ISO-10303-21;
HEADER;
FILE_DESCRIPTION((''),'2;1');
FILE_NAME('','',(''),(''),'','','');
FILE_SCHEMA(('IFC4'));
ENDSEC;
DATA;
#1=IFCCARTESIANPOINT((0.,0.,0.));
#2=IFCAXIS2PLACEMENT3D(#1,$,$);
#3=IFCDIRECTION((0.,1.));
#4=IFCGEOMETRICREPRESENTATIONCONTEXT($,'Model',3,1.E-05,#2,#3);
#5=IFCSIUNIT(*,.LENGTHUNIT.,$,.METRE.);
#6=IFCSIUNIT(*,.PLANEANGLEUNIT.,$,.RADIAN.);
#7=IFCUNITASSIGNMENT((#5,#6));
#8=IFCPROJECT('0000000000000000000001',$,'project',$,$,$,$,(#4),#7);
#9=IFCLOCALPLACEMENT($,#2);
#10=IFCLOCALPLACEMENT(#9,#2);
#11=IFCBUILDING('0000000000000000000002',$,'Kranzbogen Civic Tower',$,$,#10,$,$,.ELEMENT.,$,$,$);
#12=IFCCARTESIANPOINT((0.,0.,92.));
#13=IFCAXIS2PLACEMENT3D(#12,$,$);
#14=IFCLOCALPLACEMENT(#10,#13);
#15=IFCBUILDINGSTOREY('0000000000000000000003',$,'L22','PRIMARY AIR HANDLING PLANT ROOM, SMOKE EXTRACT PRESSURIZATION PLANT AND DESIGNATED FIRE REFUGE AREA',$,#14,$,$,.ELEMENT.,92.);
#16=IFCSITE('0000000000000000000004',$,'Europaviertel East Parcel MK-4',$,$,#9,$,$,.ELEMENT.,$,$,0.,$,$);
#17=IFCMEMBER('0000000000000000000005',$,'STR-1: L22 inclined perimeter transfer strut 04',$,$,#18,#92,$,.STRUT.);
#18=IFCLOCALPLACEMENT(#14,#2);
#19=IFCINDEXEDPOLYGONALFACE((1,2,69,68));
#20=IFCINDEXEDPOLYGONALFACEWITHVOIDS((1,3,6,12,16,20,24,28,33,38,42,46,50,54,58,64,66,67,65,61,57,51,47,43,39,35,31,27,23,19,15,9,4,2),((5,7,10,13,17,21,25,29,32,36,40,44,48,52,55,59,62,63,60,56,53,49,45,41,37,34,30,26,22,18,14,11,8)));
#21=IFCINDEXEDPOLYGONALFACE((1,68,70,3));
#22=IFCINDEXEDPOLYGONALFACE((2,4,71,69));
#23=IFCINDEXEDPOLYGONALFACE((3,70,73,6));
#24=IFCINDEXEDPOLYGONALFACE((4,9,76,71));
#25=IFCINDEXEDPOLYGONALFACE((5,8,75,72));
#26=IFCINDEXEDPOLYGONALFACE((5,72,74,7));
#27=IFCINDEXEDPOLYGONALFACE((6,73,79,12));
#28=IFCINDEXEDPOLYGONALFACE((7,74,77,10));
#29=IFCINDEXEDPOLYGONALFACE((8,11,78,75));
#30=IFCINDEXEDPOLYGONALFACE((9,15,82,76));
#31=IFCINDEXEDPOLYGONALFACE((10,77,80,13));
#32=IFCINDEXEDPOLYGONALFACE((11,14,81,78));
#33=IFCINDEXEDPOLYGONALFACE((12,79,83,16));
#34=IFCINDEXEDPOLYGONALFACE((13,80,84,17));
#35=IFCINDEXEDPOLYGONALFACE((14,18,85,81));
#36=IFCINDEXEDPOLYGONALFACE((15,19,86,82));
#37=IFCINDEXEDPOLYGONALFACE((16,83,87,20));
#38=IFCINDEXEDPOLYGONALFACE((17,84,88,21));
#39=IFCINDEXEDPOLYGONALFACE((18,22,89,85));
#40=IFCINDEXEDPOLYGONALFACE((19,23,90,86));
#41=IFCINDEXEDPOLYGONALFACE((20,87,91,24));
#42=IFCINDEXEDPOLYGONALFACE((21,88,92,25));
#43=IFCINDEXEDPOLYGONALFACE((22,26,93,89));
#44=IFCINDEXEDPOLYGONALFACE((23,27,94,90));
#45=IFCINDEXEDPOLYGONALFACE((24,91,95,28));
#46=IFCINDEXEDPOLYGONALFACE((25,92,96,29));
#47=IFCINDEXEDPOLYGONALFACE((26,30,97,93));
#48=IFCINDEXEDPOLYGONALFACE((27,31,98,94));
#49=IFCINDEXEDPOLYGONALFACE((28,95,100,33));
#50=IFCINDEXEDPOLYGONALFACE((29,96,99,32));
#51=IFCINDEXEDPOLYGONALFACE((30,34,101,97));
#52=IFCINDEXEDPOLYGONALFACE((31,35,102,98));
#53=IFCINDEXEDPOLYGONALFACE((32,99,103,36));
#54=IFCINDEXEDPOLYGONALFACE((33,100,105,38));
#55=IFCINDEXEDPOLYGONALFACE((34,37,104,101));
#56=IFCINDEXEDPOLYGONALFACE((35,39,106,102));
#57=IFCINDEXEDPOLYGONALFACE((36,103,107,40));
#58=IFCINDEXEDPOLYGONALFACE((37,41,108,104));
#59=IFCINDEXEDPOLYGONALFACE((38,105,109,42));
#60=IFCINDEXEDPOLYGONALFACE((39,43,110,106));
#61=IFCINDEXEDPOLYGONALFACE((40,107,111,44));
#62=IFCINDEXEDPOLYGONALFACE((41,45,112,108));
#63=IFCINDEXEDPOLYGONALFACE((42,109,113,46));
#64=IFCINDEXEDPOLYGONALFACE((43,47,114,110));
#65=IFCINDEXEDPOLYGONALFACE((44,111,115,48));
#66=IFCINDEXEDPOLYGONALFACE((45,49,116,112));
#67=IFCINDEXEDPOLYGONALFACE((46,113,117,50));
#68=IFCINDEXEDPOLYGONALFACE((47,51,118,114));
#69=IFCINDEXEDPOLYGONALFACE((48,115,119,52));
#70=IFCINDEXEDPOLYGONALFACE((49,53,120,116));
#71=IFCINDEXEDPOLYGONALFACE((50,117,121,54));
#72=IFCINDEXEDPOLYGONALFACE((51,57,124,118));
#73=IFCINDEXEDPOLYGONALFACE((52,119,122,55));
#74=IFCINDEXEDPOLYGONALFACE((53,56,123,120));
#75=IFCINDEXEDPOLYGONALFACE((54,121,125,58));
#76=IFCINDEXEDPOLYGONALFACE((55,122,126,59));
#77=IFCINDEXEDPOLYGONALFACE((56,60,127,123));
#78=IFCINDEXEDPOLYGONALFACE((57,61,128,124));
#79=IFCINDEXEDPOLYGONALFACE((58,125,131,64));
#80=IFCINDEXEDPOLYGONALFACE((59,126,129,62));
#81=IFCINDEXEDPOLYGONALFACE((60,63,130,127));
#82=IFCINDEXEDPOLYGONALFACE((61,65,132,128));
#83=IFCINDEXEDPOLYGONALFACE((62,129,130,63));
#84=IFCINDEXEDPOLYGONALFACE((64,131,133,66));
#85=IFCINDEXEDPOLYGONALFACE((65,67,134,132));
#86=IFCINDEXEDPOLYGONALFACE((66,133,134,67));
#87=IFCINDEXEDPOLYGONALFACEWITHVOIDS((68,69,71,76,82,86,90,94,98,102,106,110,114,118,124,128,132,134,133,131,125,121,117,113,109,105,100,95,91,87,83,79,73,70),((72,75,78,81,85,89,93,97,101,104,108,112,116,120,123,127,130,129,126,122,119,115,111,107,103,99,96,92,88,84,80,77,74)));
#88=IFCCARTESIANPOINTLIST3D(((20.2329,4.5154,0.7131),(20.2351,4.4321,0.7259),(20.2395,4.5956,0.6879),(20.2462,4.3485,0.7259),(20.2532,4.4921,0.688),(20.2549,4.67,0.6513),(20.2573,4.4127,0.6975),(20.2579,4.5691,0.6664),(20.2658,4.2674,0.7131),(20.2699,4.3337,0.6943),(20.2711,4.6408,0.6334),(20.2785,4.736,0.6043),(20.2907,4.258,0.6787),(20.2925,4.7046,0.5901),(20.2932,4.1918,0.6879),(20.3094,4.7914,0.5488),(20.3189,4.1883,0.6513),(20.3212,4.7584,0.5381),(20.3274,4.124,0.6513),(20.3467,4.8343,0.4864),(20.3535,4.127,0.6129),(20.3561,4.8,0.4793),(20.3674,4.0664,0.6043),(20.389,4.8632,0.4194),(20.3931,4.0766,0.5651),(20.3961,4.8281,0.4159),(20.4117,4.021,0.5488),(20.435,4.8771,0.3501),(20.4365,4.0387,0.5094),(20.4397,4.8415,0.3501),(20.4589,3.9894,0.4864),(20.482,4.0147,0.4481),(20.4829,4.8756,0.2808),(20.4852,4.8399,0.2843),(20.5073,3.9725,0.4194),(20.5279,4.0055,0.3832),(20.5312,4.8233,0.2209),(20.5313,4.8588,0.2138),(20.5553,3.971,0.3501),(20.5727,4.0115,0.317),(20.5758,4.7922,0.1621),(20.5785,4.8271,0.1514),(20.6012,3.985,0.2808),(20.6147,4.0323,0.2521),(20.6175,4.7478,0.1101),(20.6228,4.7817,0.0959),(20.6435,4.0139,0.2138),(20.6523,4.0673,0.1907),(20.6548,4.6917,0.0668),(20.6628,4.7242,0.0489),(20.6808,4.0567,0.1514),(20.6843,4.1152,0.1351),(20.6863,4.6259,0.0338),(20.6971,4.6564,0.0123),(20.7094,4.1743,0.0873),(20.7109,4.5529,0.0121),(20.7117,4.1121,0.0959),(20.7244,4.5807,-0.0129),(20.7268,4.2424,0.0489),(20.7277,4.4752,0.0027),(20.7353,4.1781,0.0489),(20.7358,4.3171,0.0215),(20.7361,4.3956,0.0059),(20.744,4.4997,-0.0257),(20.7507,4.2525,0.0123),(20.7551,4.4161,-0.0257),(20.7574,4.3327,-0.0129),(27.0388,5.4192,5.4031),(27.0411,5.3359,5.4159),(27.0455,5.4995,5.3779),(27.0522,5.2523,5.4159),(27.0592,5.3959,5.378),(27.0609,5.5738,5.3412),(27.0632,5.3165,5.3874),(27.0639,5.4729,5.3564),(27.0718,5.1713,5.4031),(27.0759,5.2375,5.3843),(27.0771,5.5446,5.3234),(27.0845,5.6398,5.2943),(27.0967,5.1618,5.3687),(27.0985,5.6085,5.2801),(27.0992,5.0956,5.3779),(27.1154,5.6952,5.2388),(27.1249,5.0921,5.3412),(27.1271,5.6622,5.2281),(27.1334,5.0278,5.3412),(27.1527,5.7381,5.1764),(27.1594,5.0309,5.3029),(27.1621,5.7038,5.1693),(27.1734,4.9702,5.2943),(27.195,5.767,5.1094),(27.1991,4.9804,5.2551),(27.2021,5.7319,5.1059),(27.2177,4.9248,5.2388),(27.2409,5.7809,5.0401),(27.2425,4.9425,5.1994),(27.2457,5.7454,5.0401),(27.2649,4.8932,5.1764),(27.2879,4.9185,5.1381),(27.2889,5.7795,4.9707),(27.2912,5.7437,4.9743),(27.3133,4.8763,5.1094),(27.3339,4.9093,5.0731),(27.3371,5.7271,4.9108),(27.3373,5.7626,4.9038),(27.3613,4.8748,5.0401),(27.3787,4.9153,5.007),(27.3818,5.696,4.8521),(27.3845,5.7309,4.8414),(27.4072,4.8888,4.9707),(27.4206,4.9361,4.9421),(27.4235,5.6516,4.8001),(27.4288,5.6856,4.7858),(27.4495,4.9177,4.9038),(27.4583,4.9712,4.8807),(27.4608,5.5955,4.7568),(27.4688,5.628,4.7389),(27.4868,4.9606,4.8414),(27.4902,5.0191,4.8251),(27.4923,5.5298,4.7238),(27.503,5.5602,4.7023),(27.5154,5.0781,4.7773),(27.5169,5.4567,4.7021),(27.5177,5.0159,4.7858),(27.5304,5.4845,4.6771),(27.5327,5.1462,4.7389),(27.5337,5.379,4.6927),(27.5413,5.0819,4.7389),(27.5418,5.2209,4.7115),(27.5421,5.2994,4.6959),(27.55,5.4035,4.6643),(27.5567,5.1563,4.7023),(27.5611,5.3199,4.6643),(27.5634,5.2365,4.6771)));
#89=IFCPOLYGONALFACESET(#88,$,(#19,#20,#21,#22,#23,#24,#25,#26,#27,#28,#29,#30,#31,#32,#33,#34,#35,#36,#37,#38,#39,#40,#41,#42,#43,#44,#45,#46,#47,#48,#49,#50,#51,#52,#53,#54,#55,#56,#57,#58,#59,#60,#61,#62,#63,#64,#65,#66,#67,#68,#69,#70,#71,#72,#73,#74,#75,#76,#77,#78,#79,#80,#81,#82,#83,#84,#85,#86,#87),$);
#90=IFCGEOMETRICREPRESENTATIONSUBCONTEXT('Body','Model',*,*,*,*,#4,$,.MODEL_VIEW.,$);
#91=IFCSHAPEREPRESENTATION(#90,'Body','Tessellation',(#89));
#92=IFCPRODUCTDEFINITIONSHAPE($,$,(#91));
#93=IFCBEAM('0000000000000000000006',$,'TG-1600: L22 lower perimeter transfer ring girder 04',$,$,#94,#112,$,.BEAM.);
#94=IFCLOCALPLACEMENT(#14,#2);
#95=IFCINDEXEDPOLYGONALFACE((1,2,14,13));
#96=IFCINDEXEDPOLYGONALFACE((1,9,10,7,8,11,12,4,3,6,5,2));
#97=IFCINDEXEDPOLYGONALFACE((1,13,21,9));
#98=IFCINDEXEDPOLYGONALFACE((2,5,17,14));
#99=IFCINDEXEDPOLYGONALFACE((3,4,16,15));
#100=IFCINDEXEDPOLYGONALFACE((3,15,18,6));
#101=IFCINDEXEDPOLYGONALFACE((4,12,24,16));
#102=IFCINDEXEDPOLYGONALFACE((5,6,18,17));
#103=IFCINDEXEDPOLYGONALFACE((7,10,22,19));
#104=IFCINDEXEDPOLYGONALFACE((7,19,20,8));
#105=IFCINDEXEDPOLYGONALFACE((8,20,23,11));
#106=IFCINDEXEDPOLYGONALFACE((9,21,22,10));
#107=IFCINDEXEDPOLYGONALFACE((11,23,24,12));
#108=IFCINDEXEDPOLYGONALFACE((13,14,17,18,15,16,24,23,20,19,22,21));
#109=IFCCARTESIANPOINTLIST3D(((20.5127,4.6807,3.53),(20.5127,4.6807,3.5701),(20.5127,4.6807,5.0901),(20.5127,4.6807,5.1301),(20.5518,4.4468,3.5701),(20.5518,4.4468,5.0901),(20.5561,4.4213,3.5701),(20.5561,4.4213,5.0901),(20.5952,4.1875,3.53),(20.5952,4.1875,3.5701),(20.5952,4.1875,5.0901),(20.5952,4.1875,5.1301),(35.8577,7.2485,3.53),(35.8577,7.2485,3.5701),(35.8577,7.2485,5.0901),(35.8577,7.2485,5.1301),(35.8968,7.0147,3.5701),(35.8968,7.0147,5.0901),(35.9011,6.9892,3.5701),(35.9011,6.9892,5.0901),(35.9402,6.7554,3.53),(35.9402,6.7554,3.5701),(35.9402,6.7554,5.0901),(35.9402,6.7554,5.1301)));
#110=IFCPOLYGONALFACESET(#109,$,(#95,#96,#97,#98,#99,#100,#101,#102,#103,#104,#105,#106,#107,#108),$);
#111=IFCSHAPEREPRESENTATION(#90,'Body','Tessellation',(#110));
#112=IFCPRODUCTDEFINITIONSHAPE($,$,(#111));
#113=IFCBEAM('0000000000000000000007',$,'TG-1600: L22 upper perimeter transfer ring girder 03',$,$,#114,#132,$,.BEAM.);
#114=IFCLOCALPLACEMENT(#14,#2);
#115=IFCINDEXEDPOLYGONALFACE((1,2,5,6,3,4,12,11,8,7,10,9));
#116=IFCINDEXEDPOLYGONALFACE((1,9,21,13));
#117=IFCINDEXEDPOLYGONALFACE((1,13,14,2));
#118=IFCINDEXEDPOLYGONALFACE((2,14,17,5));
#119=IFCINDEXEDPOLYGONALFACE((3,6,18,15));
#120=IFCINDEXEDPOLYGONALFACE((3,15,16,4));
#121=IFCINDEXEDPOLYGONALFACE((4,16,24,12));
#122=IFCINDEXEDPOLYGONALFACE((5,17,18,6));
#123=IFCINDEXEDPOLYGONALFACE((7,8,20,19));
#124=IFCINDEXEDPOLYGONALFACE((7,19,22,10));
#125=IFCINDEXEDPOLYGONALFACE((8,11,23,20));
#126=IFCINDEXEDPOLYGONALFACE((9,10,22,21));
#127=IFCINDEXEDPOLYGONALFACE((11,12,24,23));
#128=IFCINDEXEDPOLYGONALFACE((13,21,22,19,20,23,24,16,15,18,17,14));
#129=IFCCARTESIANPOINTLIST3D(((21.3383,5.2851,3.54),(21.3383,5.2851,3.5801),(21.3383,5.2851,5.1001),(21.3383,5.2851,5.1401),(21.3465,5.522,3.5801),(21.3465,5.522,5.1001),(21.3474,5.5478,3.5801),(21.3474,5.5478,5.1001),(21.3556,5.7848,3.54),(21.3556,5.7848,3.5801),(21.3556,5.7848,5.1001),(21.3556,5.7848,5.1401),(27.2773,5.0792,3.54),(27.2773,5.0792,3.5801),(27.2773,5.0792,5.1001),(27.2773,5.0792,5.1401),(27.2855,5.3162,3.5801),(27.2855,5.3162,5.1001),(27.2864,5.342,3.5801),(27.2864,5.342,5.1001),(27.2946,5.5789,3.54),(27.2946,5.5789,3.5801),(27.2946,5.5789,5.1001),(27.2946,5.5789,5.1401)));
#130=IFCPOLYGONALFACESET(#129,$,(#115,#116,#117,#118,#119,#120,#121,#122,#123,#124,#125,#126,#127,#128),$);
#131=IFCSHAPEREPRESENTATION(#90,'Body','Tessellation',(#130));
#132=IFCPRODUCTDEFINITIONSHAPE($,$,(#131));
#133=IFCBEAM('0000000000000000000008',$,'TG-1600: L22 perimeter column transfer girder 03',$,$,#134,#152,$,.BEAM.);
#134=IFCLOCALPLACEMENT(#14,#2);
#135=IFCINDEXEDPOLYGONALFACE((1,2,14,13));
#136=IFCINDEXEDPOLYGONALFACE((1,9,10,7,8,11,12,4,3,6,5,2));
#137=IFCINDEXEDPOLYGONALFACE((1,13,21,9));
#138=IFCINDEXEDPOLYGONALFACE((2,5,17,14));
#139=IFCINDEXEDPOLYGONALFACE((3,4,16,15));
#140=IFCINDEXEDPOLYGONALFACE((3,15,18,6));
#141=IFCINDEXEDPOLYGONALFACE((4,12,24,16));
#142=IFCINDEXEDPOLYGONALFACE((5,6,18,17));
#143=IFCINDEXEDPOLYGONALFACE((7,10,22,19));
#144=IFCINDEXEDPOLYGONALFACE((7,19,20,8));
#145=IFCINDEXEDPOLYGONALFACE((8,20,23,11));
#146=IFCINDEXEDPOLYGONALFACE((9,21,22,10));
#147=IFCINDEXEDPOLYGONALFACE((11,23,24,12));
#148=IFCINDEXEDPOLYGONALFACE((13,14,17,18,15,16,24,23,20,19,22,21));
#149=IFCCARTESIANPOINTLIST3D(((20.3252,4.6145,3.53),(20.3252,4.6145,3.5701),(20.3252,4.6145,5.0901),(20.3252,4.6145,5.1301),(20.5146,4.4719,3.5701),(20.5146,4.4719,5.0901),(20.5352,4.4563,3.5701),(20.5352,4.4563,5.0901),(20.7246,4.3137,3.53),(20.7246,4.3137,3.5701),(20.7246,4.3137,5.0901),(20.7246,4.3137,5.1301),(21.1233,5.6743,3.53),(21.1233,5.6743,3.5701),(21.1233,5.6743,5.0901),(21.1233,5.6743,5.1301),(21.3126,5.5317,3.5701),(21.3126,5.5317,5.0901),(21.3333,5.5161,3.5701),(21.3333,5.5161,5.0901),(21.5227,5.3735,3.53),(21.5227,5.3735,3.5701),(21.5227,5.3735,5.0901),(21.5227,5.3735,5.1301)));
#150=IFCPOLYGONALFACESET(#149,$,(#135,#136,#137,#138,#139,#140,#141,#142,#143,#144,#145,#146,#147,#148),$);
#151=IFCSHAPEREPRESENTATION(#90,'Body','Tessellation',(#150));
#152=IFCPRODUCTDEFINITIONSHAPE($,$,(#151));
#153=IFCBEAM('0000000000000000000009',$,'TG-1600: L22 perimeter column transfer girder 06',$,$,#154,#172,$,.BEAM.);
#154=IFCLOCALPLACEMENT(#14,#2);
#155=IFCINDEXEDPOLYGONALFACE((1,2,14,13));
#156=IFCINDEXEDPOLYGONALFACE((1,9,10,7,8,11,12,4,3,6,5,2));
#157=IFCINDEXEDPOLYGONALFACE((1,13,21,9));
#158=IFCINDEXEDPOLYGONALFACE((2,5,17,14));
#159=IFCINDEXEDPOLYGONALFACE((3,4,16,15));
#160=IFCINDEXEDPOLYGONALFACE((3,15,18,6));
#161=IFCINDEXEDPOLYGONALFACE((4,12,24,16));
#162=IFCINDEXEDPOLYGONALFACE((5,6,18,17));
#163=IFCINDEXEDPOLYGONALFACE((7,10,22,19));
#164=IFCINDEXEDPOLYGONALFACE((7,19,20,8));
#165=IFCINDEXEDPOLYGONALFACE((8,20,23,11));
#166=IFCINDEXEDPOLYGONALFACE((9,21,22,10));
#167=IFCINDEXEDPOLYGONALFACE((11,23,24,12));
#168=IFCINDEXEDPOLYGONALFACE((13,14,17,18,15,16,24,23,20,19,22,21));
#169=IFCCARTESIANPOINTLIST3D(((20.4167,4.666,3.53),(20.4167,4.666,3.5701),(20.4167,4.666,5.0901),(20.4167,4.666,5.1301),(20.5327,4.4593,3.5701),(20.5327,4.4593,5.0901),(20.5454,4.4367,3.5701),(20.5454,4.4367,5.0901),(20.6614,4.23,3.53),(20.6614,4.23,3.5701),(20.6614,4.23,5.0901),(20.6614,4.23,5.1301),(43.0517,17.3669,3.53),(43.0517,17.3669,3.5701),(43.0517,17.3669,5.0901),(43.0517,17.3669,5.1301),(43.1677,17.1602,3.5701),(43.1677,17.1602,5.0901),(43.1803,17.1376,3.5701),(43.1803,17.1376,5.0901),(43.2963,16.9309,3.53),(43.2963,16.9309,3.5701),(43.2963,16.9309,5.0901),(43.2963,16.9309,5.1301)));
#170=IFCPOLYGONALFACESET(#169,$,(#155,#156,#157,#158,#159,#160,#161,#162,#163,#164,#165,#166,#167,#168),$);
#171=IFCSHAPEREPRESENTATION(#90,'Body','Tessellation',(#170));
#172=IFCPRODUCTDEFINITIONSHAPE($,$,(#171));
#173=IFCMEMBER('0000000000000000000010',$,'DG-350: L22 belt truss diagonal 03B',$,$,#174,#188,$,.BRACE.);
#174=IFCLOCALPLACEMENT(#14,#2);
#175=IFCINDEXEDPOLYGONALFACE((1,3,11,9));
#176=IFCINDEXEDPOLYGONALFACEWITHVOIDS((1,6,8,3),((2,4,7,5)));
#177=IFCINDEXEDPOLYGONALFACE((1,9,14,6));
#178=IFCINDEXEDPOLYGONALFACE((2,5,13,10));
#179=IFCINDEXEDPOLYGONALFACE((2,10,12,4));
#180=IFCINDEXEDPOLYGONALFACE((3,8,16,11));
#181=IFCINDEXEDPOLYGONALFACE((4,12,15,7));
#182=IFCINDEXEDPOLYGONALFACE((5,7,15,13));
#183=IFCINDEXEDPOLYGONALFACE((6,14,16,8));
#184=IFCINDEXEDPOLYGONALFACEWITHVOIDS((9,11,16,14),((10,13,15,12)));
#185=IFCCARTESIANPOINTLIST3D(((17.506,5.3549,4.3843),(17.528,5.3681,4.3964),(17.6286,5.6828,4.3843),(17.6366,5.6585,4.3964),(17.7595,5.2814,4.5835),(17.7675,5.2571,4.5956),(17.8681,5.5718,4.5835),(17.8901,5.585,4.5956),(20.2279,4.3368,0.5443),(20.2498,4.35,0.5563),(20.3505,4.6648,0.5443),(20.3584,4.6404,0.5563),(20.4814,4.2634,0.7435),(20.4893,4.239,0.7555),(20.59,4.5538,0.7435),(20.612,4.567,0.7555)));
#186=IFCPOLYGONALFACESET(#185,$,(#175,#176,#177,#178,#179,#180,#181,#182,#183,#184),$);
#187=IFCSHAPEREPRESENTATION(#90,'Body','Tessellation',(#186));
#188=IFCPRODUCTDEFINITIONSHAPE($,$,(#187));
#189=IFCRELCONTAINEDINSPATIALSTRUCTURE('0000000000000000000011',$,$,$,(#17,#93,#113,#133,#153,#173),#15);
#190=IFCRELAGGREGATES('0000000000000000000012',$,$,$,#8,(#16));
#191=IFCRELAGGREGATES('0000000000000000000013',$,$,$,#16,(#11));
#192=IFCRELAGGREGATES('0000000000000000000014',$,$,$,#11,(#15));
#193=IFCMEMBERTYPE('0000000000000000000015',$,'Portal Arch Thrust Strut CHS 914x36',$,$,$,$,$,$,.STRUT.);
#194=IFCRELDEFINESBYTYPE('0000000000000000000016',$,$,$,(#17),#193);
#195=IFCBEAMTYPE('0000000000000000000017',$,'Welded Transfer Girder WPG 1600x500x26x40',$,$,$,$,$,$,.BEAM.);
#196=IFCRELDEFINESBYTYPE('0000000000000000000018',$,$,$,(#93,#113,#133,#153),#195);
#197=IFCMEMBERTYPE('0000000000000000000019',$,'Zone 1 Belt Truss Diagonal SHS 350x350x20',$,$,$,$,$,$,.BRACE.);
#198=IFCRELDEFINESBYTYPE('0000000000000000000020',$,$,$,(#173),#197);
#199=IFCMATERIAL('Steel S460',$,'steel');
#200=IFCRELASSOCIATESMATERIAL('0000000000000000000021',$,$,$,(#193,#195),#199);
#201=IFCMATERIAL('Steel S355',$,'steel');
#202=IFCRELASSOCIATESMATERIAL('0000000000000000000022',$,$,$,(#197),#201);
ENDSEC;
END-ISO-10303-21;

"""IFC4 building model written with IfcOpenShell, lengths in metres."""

from ifc_helpers import new_model, si_unit, direction, frame, origin, origin_2d, place, context, subcontext, project, spatial, hollow_rectangle, hollow_circle, i_section, extrude, material, material_profile, profile_set, type_object, element, save


model = new_model("IFC4")

# Units and contexts
model_context = context("Model", 3, precision=1e-05, world=origin(), true_north=direction((0.0, 1.0)))
body_context = subcontext(model_context, "Body", "Model", "MODEL_VIEW")
ifc_project = project(units=[si_unit("LENGTHUNIT", "METRE"), si_unit("PLANEANGLEUNIT", "RADIAN")], contexts=[model_context])

# Site, building, storey
site_placement = place(None, origin())
site = spatial("IfcSite", under=ifc_project, at=site_placement, Name="Europaviertel East Parcel MK-4", CompositionType="ELEMENT", RefElevation=0.0)
building_placement = place(site_placement, origin())
building = spatial("IfcBuilding", under=site, at=building_placement, Name="Kranzbogen Civic Tower", CompositionType="ELEMENT")
storey_placement = place(building_placement, frame((0.0, 0.0, 92.0)))
storey = spatial("IfcBuildingStorey", under=building, at=storey_placement, Name="L22", Description="PRIMARY AIR HANDLING PLANT ROOM, SMOKE EXTRACT PRESSURIZATION PLANT AND DESIGNATED FIRE REFUGE AREA", CompositionType="ELEMENT", Elevation=92.0)

# Shared definitions
ifc_material_1 = material(Name="Steel S355", Category="steel")

# Member
ifc_material_2 = material(Name="Steel S460", Category="steel")
ifc_material_profile_1 = material_profile(ifc_material_2, hollow_circle(Radius=0.457, WallThickness=0.0359, at=origin_2d()), Name="CHS 914x36")
ifc_profile_set_1 = profile_set([ifc_material_profile_1], Name="Steel S460")
member_type_1 = type_object("IfcMemberType", Name="Portal Arch Thrust Strut CHS 914x36", PredefinedType="STRUT", material=ifc_profile_set_1)
member_1_placement = place(storey_placement, frame((20.4951, 4.4241, 0.3501), z_axis=(0.818548, 0.108701, 0.56406), x_axis=(-0.131642, 0.991297, 0.0)))
element("IfcMember", 1, at=member_1_placement, inside=storey, type_object=member_type_1, Name="STR-1: L22 inclined perimeter transfer strut 04", PredefinedType="STRUT", context=body_context, shape_type="SweptSolid", body=[
    extrude(hollow_circle(Radius=0.457, WallThickness=0.0359, at=origin_2d()), origin(), (0.0, 0.0, 1.0), 8.3147),
])

# Beams
ifc_material_profile_2 = material_profile(ifc_material_2, i_section(OverallWidth=0.5, OverallDepth=1.6001, WebThickness=0.0259, FlangeThickness=0.04, at=origin_2d()), Name="WPG 1600x500x26x40")
ifc_profile_set_2 = profile_set([ifc_material_profile_2], Name="Steel S460")
beam_type = type_object("IfcBeamType", Name="Welded Transfer Girder WPG 1600x500x26x40", PredefinedType="BEAM", material=ifc_profile_set_2)
beam_1_placement = place(storey_placement, frame((20.554, 4.4341, 4.3301), z_axis=(0.986286, 0.165048, 0.0), x_axis=(-0.165048, 0.986286, 0.0)))
element("IfcBeam", 2, at=beam_1_placement, inside=storey, type_object=beam_type, Name="TG-1600: L22 lower perimeter transfer ring girder 04", PredefinedType="BEAM", context=body_context, shape_type="SweptSolid", body=[
    extrude(i_section(OverallWidth=0.5, OverallDepth=1.6001, WebThickness=0.0259, FlangeThickness=0.04, at=origin_2d()), origin(), (0.0, 0.0, 1.0), 15.5583),
])
beam_2_placement = place(storey_placement, frame((21.3469, 5.5349, 4.3401), z_axis=(0.9994, -0.034633, 0.0), x_axis=(0.034633, 0.9994, 0.0)))
element("IfcBeam", 3, at=beam_2_placement, inside=storey, type_object=beam_type, Name="TG-1600: L22 upper perimeter transfer ring girder 03", PredefinedType="BEAM", context=body_context, shape_type="SweptSolid", body=[
    extrude(i_section(OverallWidth=0.5, OverallDepth=1.6001, WebThickness=0.0259, FlangeThickness=0.04, at=origin_2d()), origin(), (0.0, 0.0, 1.0), 5.9426),
])
beam_3_placement = place(storey_placement, frame((20.5249, 4.4641, 4.3301), z_axis=(0.601559, 0.798828, 0.0), x_axis=(-0.798828, 0.601559, 0.0)))
element("IfcBeam", 4, at=beam_3_placement, inside=storey, type_object=beam_type, Name="TG-1600: L22 perimeter column transfer girder 03", PredefinedType="BEAM", context=body_context, shape_type="SweptSolid", body=[
    extrude(i_section(OverallWidth=0.5, OverallDepth=1.6001, WebThickness=0.0259, FlangeThickness=0.04, at=origin_2d()), origin(), (0.0, 0.0, 1.0), 1.3267),
])
beam_4_placement = place(storey_placement, frame((20.5391, 4.448, 4.3301), z_axis=(0.87209, 0.489346, 0.0), x_axis=(-0.489346, 0.87209, 0.0)))
element("IfcBeam", 5, at=beam_4_placement, inside=storey, type_object=beam_type, Name="TG-1600: L22 perimeter column transfer girder 06", PredefinedType="BEAM", context=body_context, shape_type="SweptSolid", body=[
    extrude(i_section(OverallWidth=0.5, OverallDepth=1.6001, WebThickness=0.0259, FlangeThickness=0.04, at=origin_2d()), origin(), (0.0, 0.0, 1.0), 25.9548),
])

# Member
ifc_material_profile_3 = material_profile(ifc_material_1, hollow_rectangle(XDim=0.3501, YDim=0.3501, WallThickness=0.02, at=origin_2d()), Name="SHS 350x350x20")
ifc_profile_set_3 = profile_set([ifc_material_profile_3], Name="Steel S355")
member_type_2 = type_object("IfcMemberType", Name="Zone 1 Belt Truss Diagonal SHS 350x350x20", PredefinedType="BRACE", material=ifc_profile_set_3)
member_2_placement = place(storey_placement, frame((20.4199, 4.4519, 0.6499), z_axis=(-0.565211, 0.211403, 0.797399), x_axis=(-0.350322, -0.936629, 0.0)))
element("IfcMember", 6, at=member_2_placement, inside=storey, type_object=member_type_2, Name="DG-350: L22 belt truss diagonal 03B", PredefinedType="BRACE", context=body_context, shape_type="SweptSolid", body=[
    extrude(hollow_rectangle(XDim=0.3501, YDim=0.3501, WallThickness=0.02, at=origin_2d()), origin(), (0.0, 0.0, 1.0), 4.8157),
])

save(model, "model.ifc")
